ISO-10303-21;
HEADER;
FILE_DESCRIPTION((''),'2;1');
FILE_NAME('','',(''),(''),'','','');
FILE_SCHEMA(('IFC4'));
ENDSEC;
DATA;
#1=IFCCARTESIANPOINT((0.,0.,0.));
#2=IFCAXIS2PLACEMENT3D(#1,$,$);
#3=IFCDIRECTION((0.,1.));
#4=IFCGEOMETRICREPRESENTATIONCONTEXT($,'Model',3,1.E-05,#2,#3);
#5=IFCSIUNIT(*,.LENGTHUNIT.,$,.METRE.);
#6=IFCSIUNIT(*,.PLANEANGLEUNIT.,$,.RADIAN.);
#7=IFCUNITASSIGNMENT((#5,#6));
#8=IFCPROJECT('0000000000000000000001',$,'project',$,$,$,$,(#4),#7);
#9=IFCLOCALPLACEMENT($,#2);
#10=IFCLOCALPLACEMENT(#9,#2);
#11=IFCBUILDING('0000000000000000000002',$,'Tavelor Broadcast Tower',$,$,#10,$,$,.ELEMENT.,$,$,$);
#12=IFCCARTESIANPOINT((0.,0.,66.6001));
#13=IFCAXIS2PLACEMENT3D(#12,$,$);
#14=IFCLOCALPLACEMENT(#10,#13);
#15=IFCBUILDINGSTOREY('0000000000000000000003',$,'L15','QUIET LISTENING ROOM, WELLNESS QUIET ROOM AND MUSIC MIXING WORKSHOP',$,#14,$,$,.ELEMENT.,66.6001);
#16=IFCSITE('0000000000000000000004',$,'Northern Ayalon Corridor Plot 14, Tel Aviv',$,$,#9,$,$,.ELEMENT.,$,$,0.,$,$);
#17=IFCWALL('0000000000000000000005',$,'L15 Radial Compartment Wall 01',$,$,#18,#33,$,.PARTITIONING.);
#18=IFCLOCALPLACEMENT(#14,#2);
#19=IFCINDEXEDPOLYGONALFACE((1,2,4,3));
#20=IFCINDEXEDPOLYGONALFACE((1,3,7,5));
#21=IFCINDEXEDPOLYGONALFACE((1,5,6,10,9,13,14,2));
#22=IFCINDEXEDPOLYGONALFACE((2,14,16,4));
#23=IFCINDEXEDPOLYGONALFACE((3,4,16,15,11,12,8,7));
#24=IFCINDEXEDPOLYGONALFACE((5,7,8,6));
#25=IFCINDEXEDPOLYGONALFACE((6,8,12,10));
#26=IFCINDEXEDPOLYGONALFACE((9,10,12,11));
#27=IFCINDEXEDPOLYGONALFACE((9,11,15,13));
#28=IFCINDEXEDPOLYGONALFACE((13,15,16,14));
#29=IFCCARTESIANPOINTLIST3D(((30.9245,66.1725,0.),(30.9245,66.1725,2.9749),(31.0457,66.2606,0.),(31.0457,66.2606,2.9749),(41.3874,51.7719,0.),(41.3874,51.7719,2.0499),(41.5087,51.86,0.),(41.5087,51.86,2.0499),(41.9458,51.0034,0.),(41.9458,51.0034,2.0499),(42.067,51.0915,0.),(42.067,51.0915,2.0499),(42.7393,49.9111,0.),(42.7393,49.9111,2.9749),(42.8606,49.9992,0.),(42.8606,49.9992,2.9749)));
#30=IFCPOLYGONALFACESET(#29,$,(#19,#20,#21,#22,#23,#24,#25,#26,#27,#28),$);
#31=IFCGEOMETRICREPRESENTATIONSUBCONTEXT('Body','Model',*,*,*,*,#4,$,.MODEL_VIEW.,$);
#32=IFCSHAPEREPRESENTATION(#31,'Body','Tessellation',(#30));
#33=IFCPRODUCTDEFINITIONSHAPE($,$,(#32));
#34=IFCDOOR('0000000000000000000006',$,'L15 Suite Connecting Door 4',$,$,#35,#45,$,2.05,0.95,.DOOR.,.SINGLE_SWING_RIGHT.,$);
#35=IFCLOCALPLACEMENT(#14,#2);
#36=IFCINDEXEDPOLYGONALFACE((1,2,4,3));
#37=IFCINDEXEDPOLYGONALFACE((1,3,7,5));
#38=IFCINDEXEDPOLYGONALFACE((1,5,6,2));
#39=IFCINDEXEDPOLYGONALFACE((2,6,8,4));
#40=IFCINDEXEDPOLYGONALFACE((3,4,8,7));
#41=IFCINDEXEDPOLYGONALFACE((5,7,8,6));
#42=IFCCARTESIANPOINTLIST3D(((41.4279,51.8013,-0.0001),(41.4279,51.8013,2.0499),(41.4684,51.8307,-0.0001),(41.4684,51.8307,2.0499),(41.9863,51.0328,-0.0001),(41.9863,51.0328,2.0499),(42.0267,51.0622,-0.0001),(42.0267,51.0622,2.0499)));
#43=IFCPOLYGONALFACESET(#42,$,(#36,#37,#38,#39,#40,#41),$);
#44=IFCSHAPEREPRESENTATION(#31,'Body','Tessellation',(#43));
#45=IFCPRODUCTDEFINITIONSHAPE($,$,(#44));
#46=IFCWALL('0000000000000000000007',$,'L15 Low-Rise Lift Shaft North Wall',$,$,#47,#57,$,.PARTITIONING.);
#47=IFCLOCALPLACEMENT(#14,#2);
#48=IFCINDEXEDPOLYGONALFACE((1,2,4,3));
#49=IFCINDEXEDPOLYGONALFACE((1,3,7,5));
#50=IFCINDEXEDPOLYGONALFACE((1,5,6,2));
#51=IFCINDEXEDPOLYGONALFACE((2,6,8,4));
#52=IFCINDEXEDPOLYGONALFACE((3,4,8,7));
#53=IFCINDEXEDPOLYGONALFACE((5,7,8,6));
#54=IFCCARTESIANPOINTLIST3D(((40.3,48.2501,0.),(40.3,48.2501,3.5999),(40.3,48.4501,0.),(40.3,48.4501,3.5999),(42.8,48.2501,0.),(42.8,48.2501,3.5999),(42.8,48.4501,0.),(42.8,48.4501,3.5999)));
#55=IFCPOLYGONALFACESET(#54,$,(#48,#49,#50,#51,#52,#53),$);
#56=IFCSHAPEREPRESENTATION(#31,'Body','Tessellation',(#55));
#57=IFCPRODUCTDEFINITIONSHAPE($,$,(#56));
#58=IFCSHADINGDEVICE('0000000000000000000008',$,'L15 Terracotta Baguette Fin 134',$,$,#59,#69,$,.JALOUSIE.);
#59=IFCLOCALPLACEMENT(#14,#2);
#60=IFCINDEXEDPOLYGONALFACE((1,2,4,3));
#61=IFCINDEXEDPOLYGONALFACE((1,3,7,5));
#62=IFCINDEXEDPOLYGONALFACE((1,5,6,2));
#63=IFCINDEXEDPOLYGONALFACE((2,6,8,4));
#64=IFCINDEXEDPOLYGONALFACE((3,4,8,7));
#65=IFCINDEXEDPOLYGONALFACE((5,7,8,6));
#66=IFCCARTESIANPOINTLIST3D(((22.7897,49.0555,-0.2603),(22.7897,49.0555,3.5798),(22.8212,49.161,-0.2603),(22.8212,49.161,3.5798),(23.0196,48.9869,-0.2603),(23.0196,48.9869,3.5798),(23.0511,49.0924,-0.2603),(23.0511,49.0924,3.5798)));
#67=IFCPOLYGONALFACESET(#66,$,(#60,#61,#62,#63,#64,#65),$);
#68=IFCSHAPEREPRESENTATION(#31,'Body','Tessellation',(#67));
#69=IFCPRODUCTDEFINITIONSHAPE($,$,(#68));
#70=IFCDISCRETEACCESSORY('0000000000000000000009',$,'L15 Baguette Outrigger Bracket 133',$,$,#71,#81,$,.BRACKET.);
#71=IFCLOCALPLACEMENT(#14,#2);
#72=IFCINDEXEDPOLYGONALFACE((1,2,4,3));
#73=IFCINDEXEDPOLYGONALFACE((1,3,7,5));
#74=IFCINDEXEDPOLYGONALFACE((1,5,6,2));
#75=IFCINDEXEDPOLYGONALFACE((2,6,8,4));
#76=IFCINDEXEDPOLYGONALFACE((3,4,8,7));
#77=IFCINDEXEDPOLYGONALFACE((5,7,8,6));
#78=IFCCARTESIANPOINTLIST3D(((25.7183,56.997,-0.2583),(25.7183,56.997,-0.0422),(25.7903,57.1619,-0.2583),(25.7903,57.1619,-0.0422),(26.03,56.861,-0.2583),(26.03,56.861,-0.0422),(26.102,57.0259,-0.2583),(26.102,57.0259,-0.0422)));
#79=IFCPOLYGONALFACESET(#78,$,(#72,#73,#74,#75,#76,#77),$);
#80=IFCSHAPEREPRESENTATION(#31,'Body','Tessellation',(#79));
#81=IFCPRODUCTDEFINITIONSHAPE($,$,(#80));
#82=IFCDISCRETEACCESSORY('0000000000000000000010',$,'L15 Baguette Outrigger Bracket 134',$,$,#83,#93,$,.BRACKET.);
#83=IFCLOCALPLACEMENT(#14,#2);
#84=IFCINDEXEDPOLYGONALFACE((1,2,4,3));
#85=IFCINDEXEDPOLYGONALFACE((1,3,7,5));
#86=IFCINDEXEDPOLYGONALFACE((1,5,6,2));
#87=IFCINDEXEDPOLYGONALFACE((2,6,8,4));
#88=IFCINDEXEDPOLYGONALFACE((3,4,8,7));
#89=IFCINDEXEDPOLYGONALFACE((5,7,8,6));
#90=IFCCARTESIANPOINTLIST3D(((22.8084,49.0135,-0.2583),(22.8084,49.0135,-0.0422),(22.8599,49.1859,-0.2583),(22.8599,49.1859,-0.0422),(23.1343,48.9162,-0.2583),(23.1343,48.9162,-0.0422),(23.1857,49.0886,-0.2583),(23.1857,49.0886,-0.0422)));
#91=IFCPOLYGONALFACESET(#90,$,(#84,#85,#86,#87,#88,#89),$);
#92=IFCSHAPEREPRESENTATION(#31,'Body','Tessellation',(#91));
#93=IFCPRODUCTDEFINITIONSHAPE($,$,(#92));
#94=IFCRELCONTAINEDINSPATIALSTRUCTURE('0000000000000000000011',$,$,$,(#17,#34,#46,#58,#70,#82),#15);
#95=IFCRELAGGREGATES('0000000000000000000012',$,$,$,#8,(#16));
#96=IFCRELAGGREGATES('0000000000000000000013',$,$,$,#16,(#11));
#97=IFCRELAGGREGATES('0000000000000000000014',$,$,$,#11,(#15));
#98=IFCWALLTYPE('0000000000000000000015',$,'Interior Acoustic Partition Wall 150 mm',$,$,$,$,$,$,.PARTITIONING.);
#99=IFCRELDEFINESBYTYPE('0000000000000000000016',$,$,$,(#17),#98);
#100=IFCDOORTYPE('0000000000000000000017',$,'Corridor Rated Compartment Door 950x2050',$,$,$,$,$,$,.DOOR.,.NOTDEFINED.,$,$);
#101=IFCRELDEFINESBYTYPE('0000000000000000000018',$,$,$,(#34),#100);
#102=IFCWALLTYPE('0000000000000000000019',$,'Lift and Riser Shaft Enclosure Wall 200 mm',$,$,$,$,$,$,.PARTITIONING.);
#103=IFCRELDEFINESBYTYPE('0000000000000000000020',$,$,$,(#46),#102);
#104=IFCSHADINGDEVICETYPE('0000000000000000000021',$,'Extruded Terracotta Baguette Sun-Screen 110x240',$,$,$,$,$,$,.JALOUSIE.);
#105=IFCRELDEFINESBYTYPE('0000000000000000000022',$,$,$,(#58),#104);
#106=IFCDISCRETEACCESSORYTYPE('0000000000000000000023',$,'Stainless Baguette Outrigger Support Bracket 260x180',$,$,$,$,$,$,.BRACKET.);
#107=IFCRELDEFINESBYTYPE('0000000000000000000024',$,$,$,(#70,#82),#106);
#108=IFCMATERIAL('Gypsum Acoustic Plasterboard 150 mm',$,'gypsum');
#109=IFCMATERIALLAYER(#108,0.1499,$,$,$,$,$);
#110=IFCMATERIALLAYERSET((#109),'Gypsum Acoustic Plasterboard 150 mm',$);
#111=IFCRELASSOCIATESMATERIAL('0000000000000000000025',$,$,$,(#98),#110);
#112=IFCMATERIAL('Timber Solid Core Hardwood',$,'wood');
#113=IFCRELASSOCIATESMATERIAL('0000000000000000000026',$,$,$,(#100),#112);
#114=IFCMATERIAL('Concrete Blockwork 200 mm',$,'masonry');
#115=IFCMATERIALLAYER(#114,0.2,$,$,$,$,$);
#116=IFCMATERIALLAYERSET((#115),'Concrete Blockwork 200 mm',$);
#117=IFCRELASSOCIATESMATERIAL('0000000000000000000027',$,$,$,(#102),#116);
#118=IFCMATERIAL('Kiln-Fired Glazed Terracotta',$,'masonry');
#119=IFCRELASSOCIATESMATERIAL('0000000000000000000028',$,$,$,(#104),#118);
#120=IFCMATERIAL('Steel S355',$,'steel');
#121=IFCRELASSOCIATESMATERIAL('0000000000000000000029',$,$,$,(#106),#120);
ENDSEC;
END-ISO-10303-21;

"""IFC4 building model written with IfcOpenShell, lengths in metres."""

from ifc_helpers import new_model, si_unit, direction, frame, frame_2d, origin, origin_2d, place, context, subcontext, project, spatial, rectangle, extrude, source, transform, mapped, material, layer, layer_set, type_object, type_shapes, element, fill, save


model = new_model("IFC4")

# Units and contexts
model_context = context("Model", 3, precision=1e-05, world=origin(), true_north=direction((0.0, 1.0)))
body_context = subcontext(model_context, "Body", "Model", "MODEL_VIEW")
ifc_project = project(units=[si_unit("LENGTHUNIT", "METRE"), si_unit("PLANEANGLEUNIT", "RADIAN")], contexts=[model_context])

# Site, building, storey
site_placement = place(None, origin())
site = spatial("IfcSite", under=ifc_project, at=site_placement, Name="Northern Ayalon Corridor Plot 14, Tel Aviv", CompositionType="ELEMENT", RefElevation=0.0)
building_placement = place(site_placement, origin())
building = spatial("IfcBuilding", under=site, at=building_placement, Name="Tavelor Broadcast Tower", CompositionType="ELEMENT")
storey_placement = place(building_placement, frame((0.0, 0.0, 66.6001)))
storey = spatial("IfcBuildingStorey", under=building, at=storey_placement, Name="L15", Description="QUIET LISTENING ROOM, WELLNESS QUIET ROOM AND MUSIC MIXING WORKSHOP", CompositionType="ELEMENT", Elevation=66.6001)

# Shared definitions
ifc_material_1 = material(Name="Steel S355", Category="steel")

# Wall, opening, door
ifc_material_2 = material(Name="Gypsum Acoustic Plasterboard 150 mm", Category="gypsum")
ifc_layer_1 = layer(ifc_material_2, 0.1499)
ifc_layer_set_1 = layer_set([ifc_layer_1], Name="Gypsum Acoustic Plasterboard 150 mm")
wall_type_1 = type_object("IfcWallType", Name="Interior Acoustic Partition Wall 150 mm", PredefinedType="PARTITIONING", material=ifc_layer_set_1)
wall_1_placement = place(storey_placement, frame((42.8, 49.9551, 0.0), z_axis=(0.0, 0.0, 1.0), x_axis=(-0.587795, 0.80901, 0.0)))
wall_1 = element("IfcWall", 1, at=wall_1_placement, inside=storey, type_object=wall_type_1, Name="L15 Radial Compartment Wall 01", PredefinedType="PARTITIONING", context=body_context, shape_type="SweptSolid", body=[
    extrude(rectangle(XDim=20.1003, YDim=0.1499, at=frame_2d((10.0503, 0.0))), origin(), (0.0, 0.0, 1.0), 2.9749),
])
opening_1_placement = place(wall_1_placement, frame((1.3501, 0.0, 0.0)))
opening_1 = element("IfcOpeningElement", 2, at=opening_1_placement, cuts=wall_1, PredefinedType="OPENING", context=body_context, shape_type="SweptSolid", body=[
    extrude(rectangle(XDim=0.95, YDim=2.05, at=frame_2d((0.4751, 1.0249))), frame((0.0, 0.085, 0.0), z_axis=(0.0, -1.0, 0.0), x_axis=(1.0, 0.0, 0.0)), (0.0, 0.0, 1.0), 0.1699),
])
ifc_material_3 = material(Name="Timber Solid Core Hardwood", Category="wood")
door_type_1 = type_object("IfcDoorType", Name="Corridor Rated Compartment Door 950x2050", OperationType="NOTDEFINED", PredefinedType="DOOR", material=ifc_material_3)
door_1_placement = place(opening_1_placement, origin())
door_1 = element("IfcDoor", 3, at=door_1_placement, inside=storey, type_object=door_type_1, Name="L15 Suite Connecting Door 4", OperationType="SINGLE_SWING_RIGHT", OverallHeight=2.05, OverallWidth=0.95, PredefinedType="DOOR", context=body_context, shape_type="SweptSolid", body=[
    extrude(rectangle(XDim=0.95, YDim=2.05, at=frame_2d((0.4751, 1.0249))), frame((0.0, 0.0249, 0.0), z_axis=(0.0, -1.0, 0.0), x_axis=(1.0, 0.0, 0.0)), (0.0, 0.0, 1.0), 0.05),
])
fill(opening_1, door_1)

# Wall
ifc_material_4 = material(Name="Concrete Blockwork 200 mm", Category="masonry")
ifc_layer_2 = layer(ifc_material_4, 0.2)
ifc_layer_set_2 = layer_set([ifc_layer_2], Name="Concrete Blockwork 200 mm")
wall_type_2 = type_object("IfcWallType", Name="Lift and Riser Shaft Enclosure Wall 200 mm", PredefinedType="PARTITIONING", material=ifc_layer_set_2)
wall_2_placement = place(storey_placement, frame((40.3, 48.3501, 0.0), z_axis=(0.0, 0.0, 1.0), x_axis=(1.0, 0.0, 0.0)))
element("IfcWall", 4, at=wall_2_placement, inside=storey, type_object=wall_type_2, Name="L15 Low-Rise Lift Shaft North Wall", PredefinedType="PARTITIONING", context=body_context, shape_type="SweptSolid", body=[
    extrude(rectangle(XDim=2.5, YDim=0.2, at=frame_2d((1.25, 0.0))), origin(), (0.0, 0.0, 1.0), 3.5999),
])

# Shading device
ifc_material_5 = material(Name="Kiln-Fired Glazed Terracotta", Category="masonry")
shading_device_type = type_object("IfcShadingDeviceType", Name="Extruded Terracotta Baguette Sun-Screen 110x240", PredefinedType="JALOUSIE", material=ifc_material_5)
shared_shape_1 = source(origin(), body_context, "Body", "SweptSolid", [
    extrude(rectangle(XDim=0.1101, YDim=0.24, at=origin_2d()), origin(), (0.0, 0.0, 1.0), 3.8401),
])
type_shapes(shading_device_type, [shared_shape_1])
shading_device_placement = place(storey_placement, frame((22.9204, 49.074, -0.2603), z_axis=(0.0, 0.0, 1.0), x_axis=(-0.286023, -0.958223, 0.0)))
element("IfcShadingDevice", 5, at=shading_device_placement, inside=storey, type_object=shading_device_type, Name="L15 Terracotta Baguette Fin 134", PredefinedType="JALOUSIE", context=body_context, shape_type="MappedRepresentation", body=[
    mapped(shared_shape_1, transform((0.0, 0.0, 0.0), scale=1.0)),
])

# Discrete accessories
discrete_accessory_type = type_object("IfcDiscreteAccessoryType", Name="Stainless Baguette Outrigger Support Bracket 260x180", PredefinedType="BRACKET", material=ifc_material_1)
shared_shape_2 = source(origin(), body_context, "Body", "SweptSolid", [
    extrude(rectangle(XDim=0.1799, YDim=0.3401, at=origin_2d()), origin(), (0.0, 0.0, 1.0), 0.2161),
])
type_shapes(discrete_accessory_type, [shared_shape_2])
for number, where, z_axis, x_axis, name in (
    (6, (25.9102, 57.0115, -0.2583), (0.0, 0.0, 1.0), (-0.399869, -0.916572, 0.0), "L15 Baguette Outrigger Bracket 133"),
    (7, (22.9971, 49.051, -0.2583), (0.0, 0.0, 1.0), (-0.286023, -0.958223, 0.0), "L15 Baguette Outrigger Bracket 134"),
):
    element("IfcDiscreteAccessory", number, at=place(storey_placement, frame(where, z_axis=z_axis, x_axis=x_axis)), inside=storey, type_object=discrete_accessory_type, Name=name, PredefinedType="BRACKET", context=body_context, shape_type="MappedRepresentation", body=[
        mapped(shared_shape_2, transform((0.0, 0.0, 0.0), scale=1.0)),
    ])

save(model, "model.ifc")
